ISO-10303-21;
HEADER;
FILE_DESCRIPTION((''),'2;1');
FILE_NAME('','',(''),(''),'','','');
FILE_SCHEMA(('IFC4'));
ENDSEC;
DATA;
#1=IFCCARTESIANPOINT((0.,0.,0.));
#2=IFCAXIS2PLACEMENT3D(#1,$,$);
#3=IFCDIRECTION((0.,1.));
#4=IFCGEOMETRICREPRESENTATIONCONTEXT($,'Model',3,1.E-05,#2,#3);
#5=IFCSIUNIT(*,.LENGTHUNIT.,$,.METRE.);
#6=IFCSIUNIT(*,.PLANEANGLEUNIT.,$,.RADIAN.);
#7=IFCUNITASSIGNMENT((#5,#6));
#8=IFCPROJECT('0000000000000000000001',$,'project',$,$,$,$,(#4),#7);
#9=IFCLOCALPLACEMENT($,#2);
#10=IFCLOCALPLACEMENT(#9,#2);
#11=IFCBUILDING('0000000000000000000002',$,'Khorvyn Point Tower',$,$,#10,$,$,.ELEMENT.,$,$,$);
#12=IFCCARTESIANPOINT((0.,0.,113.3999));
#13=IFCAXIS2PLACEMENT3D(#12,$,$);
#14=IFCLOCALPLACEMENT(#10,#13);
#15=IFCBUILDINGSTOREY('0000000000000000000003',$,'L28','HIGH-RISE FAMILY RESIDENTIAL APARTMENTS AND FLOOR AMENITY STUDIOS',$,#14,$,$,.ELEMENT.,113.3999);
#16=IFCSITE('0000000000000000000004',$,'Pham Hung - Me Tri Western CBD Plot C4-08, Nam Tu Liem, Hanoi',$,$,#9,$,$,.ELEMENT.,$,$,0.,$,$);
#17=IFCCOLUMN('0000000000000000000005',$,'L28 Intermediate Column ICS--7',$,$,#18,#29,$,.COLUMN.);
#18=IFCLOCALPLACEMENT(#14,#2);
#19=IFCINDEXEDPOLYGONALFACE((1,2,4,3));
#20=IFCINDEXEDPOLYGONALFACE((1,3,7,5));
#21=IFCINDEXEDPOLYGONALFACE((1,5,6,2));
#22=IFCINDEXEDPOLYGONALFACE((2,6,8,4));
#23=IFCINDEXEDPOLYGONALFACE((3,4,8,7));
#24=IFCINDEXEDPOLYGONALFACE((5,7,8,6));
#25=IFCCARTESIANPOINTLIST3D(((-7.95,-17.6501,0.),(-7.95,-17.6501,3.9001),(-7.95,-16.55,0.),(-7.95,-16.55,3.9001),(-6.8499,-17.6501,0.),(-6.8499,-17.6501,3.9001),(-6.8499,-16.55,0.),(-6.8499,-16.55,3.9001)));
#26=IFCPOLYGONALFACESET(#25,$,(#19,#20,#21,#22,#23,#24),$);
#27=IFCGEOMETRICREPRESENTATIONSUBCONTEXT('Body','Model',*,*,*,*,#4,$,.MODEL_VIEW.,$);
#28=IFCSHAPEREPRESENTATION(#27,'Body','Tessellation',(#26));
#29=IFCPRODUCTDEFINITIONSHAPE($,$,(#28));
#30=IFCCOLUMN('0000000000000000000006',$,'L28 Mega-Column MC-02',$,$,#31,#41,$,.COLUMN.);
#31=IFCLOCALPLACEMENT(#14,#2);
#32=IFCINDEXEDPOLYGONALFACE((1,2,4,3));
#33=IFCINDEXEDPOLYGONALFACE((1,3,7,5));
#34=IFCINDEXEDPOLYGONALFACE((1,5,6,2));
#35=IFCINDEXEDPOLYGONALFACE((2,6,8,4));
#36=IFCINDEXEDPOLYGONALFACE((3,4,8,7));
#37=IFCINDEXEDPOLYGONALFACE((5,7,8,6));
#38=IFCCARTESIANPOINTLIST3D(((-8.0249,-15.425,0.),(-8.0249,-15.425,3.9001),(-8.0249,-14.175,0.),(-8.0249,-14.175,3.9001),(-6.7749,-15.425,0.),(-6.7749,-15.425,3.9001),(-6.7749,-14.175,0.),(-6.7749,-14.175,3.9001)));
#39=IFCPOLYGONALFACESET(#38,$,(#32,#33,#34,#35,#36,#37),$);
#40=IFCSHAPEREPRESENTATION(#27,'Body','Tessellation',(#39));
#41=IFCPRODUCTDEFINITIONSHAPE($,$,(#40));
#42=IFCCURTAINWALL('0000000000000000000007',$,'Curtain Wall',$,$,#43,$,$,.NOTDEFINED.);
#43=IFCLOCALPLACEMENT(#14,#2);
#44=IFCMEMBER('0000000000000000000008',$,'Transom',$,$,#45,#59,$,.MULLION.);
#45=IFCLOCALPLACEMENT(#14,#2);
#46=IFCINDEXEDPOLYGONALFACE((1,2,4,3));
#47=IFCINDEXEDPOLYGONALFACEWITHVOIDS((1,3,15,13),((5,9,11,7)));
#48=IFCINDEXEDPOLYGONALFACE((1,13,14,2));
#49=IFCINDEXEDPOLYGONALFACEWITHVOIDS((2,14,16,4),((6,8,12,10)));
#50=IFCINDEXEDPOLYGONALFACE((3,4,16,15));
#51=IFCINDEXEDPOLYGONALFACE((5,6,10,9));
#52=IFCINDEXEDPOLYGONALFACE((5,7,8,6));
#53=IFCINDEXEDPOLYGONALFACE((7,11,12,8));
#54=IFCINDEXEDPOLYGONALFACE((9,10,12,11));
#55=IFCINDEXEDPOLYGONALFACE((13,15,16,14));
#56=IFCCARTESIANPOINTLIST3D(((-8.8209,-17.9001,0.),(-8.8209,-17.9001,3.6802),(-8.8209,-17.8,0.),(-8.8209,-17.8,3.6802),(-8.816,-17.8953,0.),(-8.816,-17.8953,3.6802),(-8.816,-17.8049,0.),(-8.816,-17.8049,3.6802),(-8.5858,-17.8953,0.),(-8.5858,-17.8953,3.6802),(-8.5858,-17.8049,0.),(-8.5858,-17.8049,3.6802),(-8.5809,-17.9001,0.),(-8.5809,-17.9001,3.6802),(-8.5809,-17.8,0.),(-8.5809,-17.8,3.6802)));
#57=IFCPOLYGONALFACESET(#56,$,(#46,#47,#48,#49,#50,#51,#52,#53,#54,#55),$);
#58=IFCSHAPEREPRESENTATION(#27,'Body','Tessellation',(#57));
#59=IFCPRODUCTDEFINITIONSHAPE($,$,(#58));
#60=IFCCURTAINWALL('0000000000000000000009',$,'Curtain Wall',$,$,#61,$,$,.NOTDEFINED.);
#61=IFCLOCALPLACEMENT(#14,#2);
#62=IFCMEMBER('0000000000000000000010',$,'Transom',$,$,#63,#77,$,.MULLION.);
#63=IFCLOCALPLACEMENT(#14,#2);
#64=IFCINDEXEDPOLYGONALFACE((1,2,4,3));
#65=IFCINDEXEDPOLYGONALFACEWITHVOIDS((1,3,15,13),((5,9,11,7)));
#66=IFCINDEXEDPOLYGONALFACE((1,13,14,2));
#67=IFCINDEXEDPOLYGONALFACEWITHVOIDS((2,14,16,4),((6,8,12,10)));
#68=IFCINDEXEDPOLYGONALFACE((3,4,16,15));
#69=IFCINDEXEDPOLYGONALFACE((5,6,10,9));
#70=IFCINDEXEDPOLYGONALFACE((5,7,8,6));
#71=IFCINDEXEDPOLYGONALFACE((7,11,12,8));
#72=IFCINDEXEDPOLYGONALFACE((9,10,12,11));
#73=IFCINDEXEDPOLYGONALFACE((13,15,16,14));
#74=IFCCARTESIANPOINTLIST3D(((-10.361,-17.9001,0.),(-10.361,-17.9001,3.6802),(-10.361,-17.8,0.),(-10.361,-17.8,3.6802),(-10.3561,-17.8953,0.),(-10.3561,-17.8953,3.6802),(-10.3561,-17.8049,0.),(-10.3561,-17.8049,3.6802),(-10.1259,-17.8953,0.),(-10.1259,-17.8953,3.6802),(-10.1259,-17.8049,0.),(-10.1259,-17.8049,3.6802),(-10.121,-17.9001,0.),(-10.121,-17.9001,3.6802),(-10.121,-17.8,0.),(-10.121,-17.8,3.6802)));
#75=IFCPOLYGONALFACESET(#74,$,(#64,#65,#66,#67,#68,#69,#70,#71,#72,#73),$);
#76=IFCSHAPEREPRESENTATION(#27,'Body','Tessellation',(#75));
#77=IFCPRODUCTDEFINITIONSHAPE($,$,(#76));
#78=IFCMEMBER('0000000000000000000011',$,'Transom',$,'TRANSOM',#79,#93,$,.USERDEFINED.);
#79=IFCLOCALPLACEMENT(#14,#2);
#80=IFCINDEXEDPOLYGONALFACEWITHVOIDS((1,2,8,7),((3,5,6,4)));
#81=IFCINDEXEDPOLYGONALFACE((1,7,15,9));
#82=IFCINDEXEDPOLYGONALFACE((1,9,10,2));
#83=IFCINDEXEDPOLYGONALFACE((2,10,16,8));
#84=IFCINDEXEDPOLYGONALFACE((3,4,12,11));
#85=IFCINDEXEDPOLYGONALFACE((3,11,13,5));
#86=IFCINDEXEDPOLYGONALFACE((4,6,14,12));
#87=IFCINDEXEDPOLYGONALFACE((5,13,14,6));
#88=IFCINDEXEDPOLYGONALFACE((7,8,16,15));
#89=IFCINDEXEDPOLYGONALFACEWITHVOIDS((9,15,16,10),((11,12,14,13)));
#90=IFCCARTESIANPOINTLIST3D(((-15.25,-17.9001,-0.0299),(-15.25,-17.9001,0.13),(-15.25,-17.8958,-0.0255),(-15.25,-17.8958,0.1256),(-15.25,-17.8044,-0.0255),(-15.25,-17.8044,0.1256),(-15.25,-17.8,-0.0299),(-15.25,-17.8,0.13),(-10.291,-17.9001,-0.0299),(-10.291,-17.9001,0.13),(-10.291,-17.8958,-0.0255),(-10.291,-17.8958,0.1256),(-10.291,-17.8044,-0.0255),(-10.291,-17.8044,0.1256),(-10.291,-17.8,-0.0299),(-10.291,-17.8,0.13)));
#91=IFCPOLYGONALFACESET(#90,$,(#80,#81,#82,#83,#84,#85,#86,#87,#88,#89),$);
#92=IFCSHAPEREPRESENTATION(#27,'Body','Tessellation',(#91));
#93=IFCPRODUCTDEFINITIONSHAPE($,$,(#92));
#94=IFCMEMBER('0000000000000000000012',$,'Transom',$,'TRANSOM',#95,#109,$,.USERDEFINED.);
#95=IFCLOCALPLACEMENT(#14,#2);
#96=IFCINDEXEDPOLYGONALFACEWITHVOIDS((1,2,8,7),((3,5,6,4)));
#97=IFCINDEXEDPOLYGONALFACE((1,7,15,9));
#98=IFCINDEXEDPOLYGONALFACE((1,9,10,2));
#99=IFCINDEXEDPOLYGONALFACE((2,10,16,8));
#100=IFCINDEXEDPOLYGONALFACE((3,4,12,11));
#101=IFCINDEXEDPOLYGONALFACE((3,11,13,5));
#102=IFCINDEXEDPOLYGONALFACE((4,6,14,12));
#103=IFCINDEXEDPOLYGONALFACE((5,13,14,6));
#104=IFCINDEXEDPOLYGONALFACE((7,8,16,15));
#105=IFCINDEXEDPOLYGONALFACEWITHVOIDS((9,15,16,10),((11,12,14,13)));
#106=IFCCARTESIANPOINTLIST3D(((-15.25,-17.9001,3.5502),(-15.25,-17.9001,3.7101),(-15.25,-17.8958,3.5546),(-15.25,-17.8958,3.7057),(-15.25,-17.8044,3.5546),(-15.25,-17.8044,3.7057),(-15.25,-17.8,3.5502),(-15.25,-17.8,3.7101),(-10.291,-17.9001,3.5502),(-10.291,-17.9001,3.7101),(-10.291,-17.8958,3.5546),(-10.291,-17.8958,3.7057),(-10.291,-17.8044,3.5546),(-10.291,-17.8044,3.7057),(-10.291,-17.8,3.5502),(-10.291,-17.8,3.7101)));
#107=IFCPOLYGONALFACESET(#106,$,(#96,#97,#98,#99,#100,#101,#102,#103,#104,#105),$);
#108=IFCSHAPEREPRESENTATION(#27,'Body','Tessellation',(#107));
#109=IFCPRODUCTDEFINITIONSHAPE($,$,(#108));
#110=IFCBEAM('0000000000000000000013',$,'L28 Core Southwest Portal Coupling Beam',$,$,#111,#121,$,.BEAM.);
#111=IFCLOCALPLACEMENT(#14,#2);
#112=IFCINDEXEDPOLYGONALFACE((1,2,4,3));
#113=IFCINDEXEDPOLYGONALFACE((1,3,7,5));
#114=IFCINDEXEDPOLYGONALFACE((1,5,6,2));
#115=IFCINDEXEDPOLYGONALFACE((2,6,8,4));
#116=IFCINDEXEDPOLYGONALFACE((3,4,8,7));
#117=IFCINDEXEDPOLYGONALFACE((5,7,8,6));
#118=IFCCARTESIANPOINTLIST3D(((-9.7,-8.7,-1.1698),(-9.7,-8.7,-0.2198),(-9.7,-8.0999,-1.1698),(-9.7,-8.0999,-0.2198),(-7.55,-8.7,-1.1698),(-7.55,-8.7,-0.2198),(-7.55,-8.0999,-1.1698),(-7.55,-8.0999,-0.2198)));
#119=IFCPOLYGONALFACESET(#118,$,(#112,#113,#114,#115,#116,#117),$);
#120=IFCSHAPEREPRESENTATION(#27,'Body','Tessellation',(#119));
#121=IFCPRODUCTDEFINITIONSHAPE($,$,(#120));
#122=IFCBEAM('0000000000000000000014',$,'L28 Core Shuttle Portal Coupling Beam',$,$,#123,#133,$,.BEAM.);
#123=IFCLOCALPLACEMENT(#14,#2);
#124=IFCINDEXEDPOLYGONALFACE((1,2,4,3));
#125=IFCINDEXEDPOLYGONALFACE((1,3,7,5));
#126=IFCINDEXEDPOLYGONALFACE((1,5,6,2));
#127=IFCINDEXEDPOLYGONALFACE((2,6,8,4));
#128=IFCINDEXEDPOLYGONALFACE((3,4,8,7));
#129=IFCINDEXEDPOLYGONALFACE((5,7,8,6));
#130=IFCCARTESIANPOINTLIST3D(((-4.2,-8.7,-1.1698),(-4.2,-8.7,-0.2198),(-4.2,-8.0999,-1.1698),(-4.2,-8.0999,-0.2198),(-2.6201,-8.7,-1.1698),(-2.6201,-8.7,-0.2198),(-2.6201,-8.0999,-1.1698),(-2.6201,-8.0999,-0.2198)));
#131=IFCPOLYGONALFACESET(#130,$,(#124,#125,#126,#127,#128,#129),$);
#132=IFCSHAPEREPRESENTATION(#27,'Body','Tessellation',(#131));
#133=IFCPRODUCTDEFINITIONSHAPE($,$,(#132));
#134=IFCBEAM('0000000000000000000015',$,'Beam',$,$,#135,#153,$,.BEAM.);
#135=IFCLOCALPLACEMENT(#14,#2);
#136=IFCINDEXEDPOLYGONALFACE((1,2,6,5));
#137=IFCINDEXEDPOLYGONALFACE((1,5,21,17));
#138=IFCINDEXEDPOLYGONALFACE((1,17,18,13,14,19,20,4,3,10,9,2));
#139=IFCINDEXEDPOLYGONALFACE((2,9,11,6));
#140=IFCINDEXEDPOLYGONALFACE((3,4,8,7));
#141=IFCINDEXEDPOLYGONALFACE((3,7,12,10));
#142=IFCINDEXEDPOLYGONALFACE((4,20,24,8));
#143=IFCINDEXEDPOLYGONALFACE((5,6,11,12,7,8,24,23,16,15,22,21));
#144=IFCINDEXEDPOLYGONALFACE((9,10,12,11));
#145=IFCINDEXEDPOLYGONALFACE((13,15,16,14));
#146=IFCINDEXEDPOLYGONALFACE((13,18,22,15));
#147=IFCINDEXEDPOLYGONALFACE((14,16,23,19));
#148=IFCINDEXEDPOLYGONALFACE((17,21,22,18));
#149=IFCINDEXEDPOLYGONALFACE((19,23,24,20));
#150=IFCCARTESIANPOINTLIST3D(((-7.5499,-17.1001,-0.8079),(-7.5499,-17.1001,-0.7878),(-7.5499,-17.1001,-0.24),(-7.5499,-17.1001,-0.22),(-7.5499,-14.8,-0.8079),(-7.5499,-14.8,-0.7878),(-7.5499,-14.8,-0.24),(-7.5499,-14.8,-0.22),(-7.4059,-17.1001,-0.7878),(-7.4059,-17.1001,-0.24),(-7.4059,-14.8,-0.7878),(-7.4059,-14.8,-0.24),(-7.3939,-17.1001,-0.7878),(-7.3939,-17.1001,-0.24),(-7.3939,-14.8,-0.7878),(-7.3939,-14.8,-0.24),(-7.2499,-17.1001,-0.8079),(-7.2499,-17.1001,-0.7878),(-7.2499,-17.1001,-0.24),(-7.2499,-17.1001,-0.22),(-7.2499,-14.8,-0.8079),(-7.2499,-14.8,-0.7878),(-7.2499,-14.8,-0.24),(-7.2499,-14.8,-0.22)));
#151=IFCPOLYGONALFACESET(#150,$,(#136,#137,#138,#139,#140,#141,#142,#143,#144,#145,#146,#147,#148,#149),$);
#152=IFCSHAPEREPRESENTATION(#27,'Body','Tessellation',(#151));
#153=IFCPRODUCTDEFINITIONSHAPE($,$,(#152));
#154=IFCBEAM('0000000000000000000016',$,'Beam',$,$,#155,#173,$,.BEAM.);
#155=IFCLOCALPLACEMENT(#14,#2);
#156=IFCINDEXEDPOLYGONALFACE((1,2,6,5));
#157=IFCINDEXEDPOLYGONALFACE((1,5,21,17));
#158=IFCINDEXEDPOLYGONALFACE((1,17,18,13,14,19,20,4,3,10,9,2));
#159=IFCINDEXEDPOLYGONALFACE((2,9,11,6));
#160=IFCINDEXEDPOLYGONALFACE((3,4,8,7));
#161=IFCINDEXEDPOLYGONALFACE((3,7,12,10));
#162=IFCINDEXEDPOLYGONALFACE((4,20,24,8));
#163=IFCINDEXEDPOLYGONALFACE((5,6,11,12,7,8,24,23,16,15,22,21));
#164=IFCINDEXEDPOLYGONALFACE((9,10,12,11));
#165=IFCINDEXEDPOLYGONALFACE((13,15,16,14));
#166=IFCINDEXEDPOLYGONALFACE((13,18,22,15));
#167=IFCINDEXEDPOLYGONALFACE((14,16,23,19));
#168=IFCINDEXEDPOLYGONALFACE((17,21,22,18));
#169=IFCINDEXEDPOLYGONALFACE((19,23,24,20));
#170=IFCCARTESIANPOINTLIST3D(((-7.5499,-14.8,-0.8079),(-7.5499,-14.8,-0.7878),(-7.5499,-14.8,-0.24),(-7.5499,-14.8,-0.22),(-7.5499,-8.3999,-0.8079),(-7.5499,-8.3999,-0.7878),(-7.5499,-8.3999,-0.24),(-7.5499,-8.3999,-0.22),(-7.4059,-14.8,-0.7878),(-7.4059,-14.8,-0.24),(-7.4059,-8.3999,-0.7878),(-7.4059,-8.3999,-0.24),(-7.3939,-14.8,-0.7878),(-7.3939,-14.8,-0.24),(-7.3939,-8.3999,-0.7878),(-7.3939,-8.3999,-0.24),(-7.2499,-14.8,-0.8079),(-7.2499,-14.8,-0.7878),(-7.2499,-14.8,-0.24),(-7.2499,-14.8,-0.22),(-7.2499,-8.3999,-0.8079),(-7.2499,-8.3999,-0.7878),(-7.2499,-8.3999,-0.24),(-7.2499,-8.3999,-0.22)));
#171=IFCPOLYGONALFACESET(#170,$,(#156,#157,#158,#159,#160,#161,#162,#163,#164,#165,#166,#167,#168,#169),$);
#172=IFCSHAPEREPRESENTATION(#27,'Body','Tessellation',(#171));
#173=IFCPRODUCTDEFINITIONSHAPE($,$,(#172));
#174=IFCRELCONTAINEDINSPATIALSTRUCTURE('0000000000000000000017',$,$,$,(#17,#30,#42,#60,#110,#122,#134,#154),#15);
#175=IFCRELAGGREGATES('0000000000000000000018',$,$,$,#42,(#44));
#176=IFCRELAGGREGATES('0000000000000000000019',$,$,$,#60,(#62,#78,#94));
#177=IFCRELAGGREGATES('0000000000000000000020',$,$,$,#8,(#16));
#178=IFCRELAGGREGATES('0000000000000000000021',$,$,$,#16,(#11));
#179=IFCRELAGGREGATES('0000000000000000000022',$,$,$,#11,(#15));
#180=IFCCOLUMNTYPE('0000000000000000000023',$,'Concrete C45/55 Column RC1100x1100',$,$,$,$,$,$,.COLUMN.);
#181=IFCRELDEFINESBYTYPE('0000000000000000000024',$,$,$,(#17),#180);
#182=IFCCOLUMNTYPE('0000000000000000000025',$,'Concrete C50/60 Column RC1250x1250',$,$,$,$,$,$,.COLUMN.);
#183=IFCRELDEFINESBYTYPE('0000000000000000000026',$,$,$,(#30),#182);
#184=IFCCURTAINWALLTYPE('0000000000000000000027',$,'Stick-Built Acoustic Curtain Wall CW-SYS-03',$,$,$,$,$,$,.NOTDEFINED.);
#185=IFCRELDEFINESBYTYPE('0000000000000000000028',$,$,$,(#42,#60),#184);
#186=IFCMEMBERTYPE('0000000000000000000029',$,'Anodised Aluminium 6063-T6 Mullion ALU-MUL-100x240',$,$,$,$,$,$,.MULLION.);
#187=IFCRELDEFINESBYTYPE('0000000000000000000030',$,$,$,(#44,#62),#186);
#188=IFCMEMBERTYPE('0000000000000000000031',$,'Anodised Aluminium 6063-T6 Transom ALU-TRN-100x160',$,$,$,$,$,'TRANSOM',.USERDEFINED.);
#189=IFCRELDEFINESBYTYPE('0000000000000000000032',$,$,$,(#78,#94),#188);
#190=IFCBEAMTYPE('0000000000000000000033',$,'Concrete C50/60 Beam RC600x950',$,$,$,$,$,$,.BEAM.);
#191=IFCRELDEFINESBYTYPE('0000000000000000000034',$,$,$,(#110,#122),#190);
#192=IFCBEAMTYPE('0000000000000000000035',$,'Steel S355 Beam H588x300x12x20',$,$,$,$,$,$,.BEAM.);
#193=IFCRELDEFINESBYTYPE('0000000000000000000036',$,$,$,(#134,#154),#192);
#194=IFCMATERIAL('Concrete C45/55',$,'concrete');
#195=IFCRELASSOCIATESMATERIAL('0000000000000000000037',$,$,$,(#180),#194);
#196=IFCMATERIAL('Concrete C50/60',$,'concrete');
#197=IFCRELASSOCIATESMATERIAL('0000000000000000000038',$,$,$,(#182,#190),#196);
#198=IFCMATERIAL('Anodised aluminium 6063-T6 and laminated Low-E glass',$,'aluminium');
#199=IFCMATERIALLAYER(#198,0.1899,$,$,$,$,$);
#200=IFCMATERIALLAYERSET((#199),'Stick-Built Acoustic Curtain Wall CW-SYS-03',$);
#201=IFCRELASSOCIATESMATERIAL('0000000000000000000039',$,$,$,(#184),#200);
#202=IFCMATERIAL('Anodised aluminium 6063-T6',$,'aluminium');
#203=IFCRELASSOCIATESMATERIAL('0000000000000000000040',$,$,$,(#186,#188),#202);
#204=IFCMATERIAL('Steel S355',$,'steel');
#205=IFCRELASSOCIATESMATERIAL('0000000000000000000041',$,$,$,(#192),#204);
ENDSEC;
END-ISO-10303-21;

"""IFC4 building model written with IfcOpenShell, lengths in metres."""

from ifc_helpers import new_model, si_unit, direction, frame, origin, origin_2d, place, context, subcontext, project, spatial, rectangle, hollow_rectangle, i_section, extrude, material, layer, layer_set, material_profile, profile_set, type_object, element, aggregate, save


model = new_model("IFC4")

# Units and contexts
model_context = context("Model", 3, precision=1e-05, world=origin(), true_north=direction((0.0, 1.0)))
body_context = subcontext(model_context, "Body", "Model", "MODEL_VIEW")
ifc_project = project(units=[si_unit("LENGTHUNIT", "METRE"), si_unit("PLANEANGLEUNIT", "RADIAN")], contexts=[model_context])

# Site, building, storey
site_placement = place(None, origin())
site = spatial("IfcSite", under=ifc_project, at=site_placement, Name="Pham Hung - Me Tri Western CBD Plot C4-08, Nam Tu Liem, Hanoi", CompositionType="ELEMENT", RefElevation=0.0)
building_placement = place(site_placement, origin())
building = spatial("IfcBuilding", under=site, at=building_placement, Name="Khorvyn Point Tower", CompositionType="ELEMENT")
storey_placement = place(building_placement, frame((0.0, 0.0, 113.3999)))
storey = spatial("IfcBuildingStorey", under=building, at=storey_placement, Name="L28", Description="HIGH-RISE FAMILY RESIDENTIAL APARTMENTS AND FLOOR AMENITY STUDIOS", CompositionType="ELEMENT", Elevation=113.3999)

# Columns
ifc_material_1 = material(Name="Concrete C45/55", Category="concrete")
ifc_material_profile_1 = material_profile(ifc_material_1, rectangle(XDim=1.1001, YDim=1.1001, at=origin_2d()))
ifc_profile_set_1 = profile_set([ifc_material_profile_1], Name="Concrete C45/55 RC1100x1100")
column_type_1 = type_object("IfcColumnType", Name="Concrete C45/55 Column RC1100x1100", PredefinedType="COLUMN", material=ifc_profile_set_1)
column_1_placement = place(storey_placement, frame((-7.3999, -17.1001, 0.0), z_axis=(0.0, 0.0, 1.0), x_axis=(1.0, 0.0, 0.0)))
element("IfcColumn", 1, at=column_1_placement, inside=storey, type_object=column_type_1, Name="L28 Intermediate Column ICS--7", PredefinedType="COLUMN", context=body_context, shape_type="SweptSolid", body=[
    extrude(rectangle(XDim=1.1001, YDim=1.1001, at=origin_2d()), origin(), (0.0, 0.0, 1.0), 3.9001),
])
ifc_material_2 = material(Name="Concrete C50/60", Category="concrete")
ifc_material_profile_2 = material_profile(ifc_material_2, rectangle(XDim=1.25, YDim=1.25, at=origin_2d()))
ifc_profile_set_2 = profile_set([ifc_material_profile_2], Name="Concrete C50/60 RC1250x1250")
column_type_2 = type_object("IfcColumnType", Name="Concrete C50/60 Column RC1250x1250", PredefinedType="COLUMN", material=ifc_profile_set_2)
column_2_placement = place(storey_placement, frame((-7.3999, -14.8, 0.0), z_axis=(0.0, 0.0, 1.0), x_axis=(1.0, 0.0, 0.0)))
element("IfcColumn", 2, at=column_2_placement, inside=storey, type_object=column_type_2, Name="L28 Mega-Column MC-02", PredefinedType="COLUMN", context=body_context, shape_type="SweptSolid", body=[
    extrude(rectangle(XDim=1.25, YDim=1.25, at=origin_2d()), origin(), (0.0, 0.0, 1.0), 3.9001),
])

# Curtain wall, member
ifc_material_3 = material(Name="Anodised aluminium 6063-T6 and laminated Low-E glass", Category="aluminium")
ifc_layer_1 = layer(ifc_material_3, 0.1899)
ifc_layer_set_1 = layer_set([ifc_layer_1], Name="Stick-Built Acoustic Curtain Wall CW-SYS-03")
curtain_wall_type = type_object("IfcCurtainWallType", Name="Stick-Built Acoustic Curtain Wall CW-SYS-03", PredefinedType="NOTDEFINED", material=ifc_layer_set_1)
curtain_wall_1_placement = place(storey_placement, origin())
curtain_wall_1 = element("IfcCurtainWall", 3, at=curtain_wall_1_placement, inside=storey, type_object=curtain_wall_type, Name="Curtain Wall", PredefinedType="NOTDEFINED")
ifc_material_4 = material(Name="Anodised aluminium 6063-T6", Category="aluminium")
ifc_material_profile_3 = material_profile(ifc_material_4, hollow_rectangle(XDim=0.1001, YDim=0.24, WallThickness=0.0049, at=origin_2d()))
ifc_profile_set_3 = profile_set([ifc_material_profile_3], Name="Anodised aluminium 6063-T6 ALU-MUL-100x240")
member_type_1 = type_object("IfcMemberType", Name="Anodised Aluminium 6063-T6 Mullion ALU-MUL-100x240", PredefinedType="MULLION", material=ifc_profile_set_3)
member_1_placement = place(storey_placement, frame((-8.7009, -17.8501, 0.0), z_axis=(0.0, 0.0, 1.0), x_axis=(0.0, -1.0, 0.0)))
member_1 = element("IfcMember", 4, at=member_1_placement, type_object=member_type_1, Name="Transom", PredefinedType="MULLION", context=body_context, shape_type="SweptSolid", body=[
    extrude(hollow_rectangle(XDim=0.1001, YDim=0.24, WallThickness=0.0049, at=origin_2d()), origin(), (0.0, 0.0, 1.0), 3.6802),
])
aggregate(curtain_wall_1, [member_1])

# Curtain wall, members
curtain_wall_2_placement = place(storey_placement, origin())
curtain_wall_2 = element("IfcCurtainWall", 5, at=curtain_wall_2_placement, inside=storey, type_object=curtain_wall_type, Name="Curtain Wall", PredefinedType="NOTDEFINED")
member_2_placement = place(storey_placement, frame((-10.241, -17.8501, 0.0), z_axis=(0.0, 0.0, 1.0), x_axis=(0.0, -1.0, 0.0)))
member_2 = element("IfcMember", 6, at=member_2_placement, type_object=member_type_1, Name="Transom", PredefinedType="MULLION", context=body_context, shape_type="SweptSolid", body=[
    extrude(hollow_rectangle(XDim=0.1001, YDim=0.24, WallThickness=0.0049, at=origin_2d()), origin(), (0.0, 0.0, 1.0), 3.6802),
])
ifc_material_profile_4 = material_profile(ifc_material_4, hollow_rectangle(XDim=0.1001, YDim=0.1599, WallThickness=0.0044, at=origin_2d()))
ifc_profile_set_4 = profile_set([ifc_material_profile_4], Name="Anodised aluminium 6063-T6 ALU-TRN-100x160")
member_type_2 = type_object("IfcMemberType", Name="Anodised Aluminium 6063-T6 Transom ALU-TRN-100x160", ElementType="TRANSOM", PredefinedType="USERDEFINED", material=ifc_profile_set_4)
member_3_placement = place(storey_placement, frame((-10.291, -17.8501, 0.05), z_axis=(-1.0, 0.0, 0.0), x_axis=(0.0, -1.0, 0.0)))
member_3 = element("IfcMember", 7, at=member_3_placement, type_object=member_type_2, Name="Transom", ObjectType="TRANSOM", PredefinedType="USERDEFINED", context=body_context, shape_type="SweptSolid", body=[
    extrude(hollow_rectangle(XDim=0.1001, YDim=0.1599, WallThickness=0.0044, at=origin_2d()), origin(), (0.0, 0.0, 1.0), 4.959),
])
member_4_placement = place(storey_placement, frame((-10.291, -17.8501, 3.6301), z_axis=(-1.0, 0.0, 0.0), x_axis=(0.0, -1.0, 0.0)))
member_4 = element("IfcMember", 8, at=member_4_placement, type_object=member_type_2, Name="Transom", ObjectType="TRANSOM", PredefinedType="USERDEFINED", context=body_context, shape_type="SweptSolid", body=[
    extrude(hollow_rectangle(XDim=0.1001, YDim=0.1599, WallThickness=0.0044, at=origin_2d()), origin(), (0.0, 0.0, 1.0), 4.959),
])

# Beams
ifc_material_profile_5 = material_profile(ifc_material_2, rectangle(XDim=0.6001, YDim=0.95, at=origin_2d()))
ifc_profile_set_5 = profile_set([ifc_material_profile_5], Name="Concrete C50/60 RC600x950")
beam_type_1 = type_object("IfcBeamType", Name="Concrete C50/60 Beam RC600x950", PredefinedType="BEAM", material=ifc_profile_set_5)
beam_1_placement = place(storey_placement, frame((-9.7, -8.3999, -0.6948), z_axis=(1.0, 0.0, 0.0), x_axis=(0.0, 1.0, 0.0)))
element("IfcBeam", 9, at=beam_1_placement, inside=storey, type_object=beam_type_1, Name="L28 Core Southwest Portal Coupling Beam", PredefinedType="BEAM", context=body_context, shape_type="SweptSolid", body=[
    extrude(rectangle(XDim=0.6001, YDim=0.95, at=origin_2d()), origin(), (0.0, 0.0, 1.0), 2.1499),
])
beam_2_placement = place(storey_placement, frame((-4.2, -8.3999, -0.6948), z_axis=(1.0, 0.0, 0.0), x_axis=(0.0, 1.0, 0.0)))
element("IfcBeam", 10, at=beam_2_placement, inside=storey, type_object=beam_type_1, Name="L28 Core Shuttle Portal Coupling Beam", PredefinedType="BEAM", context=body_context, shape_type="SweptSolid", body=[
    extrude(rectangle(XDim=0.6001, YDim=0.95, at=origin_2d()), origin(), (0.0, 0.0, 1.0), 1.5798),
])
ifc_material_5 = material(Name="Steel S355", Category="steel")
ifc_material_profile_6 = material_profile(ifc_material_5, i_section(OverallWidth=0.3, OverallDepth=0.5879, WebThickness=0.012, FlangeThickness=0.02, at=origin_2d()))
ifc_profile_set_6 = profile_set([ifc_material_profile_6], Name="Steel S355 H588x300x12x20")
beam_type_2 = type_object("IfcBeamType", Name="Steel S355 Beam H588x300x12x20", PredefinedType="BEAM", material=ifc_profile_set_6)
beam_3_placement = place(storey_placement, frame((-7.3999, -17.1001, -0.5139), z_axis=(0.0, 1.0, 0.0), x_axis=(-1.0, 0.0, 0.0)))
element("IfcBeam", 11, at=beam_3_placement, inside=storey, type_object=beam_type_2, Name="Beam", PredefinedType="BEAM", context=body_context, shape_type="SweptSolid", body=[
    extrude(i_section(OverallWidth=0.3, OverallDepth=0.5879, WebThickness=0.012, FlangeThickness=0.02, at=origin_2d()), origin(), (0.0, 0.0, 1.0), 2.3),
])
beam_4_placement = place(storey_placement, frame((-7.3999, -14.8, -0.5139), z_axis=(0.0, 1.0, 0.0), x_axis=(-1.0, 0.0, 0.0)))
element("IfcBeam", 12, at=beam_4_placement, inside=storey, type_object=beam_type_2, Name="Beam", PredefinedType="BEAM", context=body_context, shape_type="SweptSolid", body=[
    extrude(i_section(OverallWidth=0.3, OverallDepth=0.5879, WebThickness=0.012, FlangeThickness=0.02, at=origin_2d()), origin(), (0.0, 0.0, 1.0), 6.4001),
])

aggregate(curtain_wall_2, [member_2, member_3, member_4])

save(model, "model.ifc")
